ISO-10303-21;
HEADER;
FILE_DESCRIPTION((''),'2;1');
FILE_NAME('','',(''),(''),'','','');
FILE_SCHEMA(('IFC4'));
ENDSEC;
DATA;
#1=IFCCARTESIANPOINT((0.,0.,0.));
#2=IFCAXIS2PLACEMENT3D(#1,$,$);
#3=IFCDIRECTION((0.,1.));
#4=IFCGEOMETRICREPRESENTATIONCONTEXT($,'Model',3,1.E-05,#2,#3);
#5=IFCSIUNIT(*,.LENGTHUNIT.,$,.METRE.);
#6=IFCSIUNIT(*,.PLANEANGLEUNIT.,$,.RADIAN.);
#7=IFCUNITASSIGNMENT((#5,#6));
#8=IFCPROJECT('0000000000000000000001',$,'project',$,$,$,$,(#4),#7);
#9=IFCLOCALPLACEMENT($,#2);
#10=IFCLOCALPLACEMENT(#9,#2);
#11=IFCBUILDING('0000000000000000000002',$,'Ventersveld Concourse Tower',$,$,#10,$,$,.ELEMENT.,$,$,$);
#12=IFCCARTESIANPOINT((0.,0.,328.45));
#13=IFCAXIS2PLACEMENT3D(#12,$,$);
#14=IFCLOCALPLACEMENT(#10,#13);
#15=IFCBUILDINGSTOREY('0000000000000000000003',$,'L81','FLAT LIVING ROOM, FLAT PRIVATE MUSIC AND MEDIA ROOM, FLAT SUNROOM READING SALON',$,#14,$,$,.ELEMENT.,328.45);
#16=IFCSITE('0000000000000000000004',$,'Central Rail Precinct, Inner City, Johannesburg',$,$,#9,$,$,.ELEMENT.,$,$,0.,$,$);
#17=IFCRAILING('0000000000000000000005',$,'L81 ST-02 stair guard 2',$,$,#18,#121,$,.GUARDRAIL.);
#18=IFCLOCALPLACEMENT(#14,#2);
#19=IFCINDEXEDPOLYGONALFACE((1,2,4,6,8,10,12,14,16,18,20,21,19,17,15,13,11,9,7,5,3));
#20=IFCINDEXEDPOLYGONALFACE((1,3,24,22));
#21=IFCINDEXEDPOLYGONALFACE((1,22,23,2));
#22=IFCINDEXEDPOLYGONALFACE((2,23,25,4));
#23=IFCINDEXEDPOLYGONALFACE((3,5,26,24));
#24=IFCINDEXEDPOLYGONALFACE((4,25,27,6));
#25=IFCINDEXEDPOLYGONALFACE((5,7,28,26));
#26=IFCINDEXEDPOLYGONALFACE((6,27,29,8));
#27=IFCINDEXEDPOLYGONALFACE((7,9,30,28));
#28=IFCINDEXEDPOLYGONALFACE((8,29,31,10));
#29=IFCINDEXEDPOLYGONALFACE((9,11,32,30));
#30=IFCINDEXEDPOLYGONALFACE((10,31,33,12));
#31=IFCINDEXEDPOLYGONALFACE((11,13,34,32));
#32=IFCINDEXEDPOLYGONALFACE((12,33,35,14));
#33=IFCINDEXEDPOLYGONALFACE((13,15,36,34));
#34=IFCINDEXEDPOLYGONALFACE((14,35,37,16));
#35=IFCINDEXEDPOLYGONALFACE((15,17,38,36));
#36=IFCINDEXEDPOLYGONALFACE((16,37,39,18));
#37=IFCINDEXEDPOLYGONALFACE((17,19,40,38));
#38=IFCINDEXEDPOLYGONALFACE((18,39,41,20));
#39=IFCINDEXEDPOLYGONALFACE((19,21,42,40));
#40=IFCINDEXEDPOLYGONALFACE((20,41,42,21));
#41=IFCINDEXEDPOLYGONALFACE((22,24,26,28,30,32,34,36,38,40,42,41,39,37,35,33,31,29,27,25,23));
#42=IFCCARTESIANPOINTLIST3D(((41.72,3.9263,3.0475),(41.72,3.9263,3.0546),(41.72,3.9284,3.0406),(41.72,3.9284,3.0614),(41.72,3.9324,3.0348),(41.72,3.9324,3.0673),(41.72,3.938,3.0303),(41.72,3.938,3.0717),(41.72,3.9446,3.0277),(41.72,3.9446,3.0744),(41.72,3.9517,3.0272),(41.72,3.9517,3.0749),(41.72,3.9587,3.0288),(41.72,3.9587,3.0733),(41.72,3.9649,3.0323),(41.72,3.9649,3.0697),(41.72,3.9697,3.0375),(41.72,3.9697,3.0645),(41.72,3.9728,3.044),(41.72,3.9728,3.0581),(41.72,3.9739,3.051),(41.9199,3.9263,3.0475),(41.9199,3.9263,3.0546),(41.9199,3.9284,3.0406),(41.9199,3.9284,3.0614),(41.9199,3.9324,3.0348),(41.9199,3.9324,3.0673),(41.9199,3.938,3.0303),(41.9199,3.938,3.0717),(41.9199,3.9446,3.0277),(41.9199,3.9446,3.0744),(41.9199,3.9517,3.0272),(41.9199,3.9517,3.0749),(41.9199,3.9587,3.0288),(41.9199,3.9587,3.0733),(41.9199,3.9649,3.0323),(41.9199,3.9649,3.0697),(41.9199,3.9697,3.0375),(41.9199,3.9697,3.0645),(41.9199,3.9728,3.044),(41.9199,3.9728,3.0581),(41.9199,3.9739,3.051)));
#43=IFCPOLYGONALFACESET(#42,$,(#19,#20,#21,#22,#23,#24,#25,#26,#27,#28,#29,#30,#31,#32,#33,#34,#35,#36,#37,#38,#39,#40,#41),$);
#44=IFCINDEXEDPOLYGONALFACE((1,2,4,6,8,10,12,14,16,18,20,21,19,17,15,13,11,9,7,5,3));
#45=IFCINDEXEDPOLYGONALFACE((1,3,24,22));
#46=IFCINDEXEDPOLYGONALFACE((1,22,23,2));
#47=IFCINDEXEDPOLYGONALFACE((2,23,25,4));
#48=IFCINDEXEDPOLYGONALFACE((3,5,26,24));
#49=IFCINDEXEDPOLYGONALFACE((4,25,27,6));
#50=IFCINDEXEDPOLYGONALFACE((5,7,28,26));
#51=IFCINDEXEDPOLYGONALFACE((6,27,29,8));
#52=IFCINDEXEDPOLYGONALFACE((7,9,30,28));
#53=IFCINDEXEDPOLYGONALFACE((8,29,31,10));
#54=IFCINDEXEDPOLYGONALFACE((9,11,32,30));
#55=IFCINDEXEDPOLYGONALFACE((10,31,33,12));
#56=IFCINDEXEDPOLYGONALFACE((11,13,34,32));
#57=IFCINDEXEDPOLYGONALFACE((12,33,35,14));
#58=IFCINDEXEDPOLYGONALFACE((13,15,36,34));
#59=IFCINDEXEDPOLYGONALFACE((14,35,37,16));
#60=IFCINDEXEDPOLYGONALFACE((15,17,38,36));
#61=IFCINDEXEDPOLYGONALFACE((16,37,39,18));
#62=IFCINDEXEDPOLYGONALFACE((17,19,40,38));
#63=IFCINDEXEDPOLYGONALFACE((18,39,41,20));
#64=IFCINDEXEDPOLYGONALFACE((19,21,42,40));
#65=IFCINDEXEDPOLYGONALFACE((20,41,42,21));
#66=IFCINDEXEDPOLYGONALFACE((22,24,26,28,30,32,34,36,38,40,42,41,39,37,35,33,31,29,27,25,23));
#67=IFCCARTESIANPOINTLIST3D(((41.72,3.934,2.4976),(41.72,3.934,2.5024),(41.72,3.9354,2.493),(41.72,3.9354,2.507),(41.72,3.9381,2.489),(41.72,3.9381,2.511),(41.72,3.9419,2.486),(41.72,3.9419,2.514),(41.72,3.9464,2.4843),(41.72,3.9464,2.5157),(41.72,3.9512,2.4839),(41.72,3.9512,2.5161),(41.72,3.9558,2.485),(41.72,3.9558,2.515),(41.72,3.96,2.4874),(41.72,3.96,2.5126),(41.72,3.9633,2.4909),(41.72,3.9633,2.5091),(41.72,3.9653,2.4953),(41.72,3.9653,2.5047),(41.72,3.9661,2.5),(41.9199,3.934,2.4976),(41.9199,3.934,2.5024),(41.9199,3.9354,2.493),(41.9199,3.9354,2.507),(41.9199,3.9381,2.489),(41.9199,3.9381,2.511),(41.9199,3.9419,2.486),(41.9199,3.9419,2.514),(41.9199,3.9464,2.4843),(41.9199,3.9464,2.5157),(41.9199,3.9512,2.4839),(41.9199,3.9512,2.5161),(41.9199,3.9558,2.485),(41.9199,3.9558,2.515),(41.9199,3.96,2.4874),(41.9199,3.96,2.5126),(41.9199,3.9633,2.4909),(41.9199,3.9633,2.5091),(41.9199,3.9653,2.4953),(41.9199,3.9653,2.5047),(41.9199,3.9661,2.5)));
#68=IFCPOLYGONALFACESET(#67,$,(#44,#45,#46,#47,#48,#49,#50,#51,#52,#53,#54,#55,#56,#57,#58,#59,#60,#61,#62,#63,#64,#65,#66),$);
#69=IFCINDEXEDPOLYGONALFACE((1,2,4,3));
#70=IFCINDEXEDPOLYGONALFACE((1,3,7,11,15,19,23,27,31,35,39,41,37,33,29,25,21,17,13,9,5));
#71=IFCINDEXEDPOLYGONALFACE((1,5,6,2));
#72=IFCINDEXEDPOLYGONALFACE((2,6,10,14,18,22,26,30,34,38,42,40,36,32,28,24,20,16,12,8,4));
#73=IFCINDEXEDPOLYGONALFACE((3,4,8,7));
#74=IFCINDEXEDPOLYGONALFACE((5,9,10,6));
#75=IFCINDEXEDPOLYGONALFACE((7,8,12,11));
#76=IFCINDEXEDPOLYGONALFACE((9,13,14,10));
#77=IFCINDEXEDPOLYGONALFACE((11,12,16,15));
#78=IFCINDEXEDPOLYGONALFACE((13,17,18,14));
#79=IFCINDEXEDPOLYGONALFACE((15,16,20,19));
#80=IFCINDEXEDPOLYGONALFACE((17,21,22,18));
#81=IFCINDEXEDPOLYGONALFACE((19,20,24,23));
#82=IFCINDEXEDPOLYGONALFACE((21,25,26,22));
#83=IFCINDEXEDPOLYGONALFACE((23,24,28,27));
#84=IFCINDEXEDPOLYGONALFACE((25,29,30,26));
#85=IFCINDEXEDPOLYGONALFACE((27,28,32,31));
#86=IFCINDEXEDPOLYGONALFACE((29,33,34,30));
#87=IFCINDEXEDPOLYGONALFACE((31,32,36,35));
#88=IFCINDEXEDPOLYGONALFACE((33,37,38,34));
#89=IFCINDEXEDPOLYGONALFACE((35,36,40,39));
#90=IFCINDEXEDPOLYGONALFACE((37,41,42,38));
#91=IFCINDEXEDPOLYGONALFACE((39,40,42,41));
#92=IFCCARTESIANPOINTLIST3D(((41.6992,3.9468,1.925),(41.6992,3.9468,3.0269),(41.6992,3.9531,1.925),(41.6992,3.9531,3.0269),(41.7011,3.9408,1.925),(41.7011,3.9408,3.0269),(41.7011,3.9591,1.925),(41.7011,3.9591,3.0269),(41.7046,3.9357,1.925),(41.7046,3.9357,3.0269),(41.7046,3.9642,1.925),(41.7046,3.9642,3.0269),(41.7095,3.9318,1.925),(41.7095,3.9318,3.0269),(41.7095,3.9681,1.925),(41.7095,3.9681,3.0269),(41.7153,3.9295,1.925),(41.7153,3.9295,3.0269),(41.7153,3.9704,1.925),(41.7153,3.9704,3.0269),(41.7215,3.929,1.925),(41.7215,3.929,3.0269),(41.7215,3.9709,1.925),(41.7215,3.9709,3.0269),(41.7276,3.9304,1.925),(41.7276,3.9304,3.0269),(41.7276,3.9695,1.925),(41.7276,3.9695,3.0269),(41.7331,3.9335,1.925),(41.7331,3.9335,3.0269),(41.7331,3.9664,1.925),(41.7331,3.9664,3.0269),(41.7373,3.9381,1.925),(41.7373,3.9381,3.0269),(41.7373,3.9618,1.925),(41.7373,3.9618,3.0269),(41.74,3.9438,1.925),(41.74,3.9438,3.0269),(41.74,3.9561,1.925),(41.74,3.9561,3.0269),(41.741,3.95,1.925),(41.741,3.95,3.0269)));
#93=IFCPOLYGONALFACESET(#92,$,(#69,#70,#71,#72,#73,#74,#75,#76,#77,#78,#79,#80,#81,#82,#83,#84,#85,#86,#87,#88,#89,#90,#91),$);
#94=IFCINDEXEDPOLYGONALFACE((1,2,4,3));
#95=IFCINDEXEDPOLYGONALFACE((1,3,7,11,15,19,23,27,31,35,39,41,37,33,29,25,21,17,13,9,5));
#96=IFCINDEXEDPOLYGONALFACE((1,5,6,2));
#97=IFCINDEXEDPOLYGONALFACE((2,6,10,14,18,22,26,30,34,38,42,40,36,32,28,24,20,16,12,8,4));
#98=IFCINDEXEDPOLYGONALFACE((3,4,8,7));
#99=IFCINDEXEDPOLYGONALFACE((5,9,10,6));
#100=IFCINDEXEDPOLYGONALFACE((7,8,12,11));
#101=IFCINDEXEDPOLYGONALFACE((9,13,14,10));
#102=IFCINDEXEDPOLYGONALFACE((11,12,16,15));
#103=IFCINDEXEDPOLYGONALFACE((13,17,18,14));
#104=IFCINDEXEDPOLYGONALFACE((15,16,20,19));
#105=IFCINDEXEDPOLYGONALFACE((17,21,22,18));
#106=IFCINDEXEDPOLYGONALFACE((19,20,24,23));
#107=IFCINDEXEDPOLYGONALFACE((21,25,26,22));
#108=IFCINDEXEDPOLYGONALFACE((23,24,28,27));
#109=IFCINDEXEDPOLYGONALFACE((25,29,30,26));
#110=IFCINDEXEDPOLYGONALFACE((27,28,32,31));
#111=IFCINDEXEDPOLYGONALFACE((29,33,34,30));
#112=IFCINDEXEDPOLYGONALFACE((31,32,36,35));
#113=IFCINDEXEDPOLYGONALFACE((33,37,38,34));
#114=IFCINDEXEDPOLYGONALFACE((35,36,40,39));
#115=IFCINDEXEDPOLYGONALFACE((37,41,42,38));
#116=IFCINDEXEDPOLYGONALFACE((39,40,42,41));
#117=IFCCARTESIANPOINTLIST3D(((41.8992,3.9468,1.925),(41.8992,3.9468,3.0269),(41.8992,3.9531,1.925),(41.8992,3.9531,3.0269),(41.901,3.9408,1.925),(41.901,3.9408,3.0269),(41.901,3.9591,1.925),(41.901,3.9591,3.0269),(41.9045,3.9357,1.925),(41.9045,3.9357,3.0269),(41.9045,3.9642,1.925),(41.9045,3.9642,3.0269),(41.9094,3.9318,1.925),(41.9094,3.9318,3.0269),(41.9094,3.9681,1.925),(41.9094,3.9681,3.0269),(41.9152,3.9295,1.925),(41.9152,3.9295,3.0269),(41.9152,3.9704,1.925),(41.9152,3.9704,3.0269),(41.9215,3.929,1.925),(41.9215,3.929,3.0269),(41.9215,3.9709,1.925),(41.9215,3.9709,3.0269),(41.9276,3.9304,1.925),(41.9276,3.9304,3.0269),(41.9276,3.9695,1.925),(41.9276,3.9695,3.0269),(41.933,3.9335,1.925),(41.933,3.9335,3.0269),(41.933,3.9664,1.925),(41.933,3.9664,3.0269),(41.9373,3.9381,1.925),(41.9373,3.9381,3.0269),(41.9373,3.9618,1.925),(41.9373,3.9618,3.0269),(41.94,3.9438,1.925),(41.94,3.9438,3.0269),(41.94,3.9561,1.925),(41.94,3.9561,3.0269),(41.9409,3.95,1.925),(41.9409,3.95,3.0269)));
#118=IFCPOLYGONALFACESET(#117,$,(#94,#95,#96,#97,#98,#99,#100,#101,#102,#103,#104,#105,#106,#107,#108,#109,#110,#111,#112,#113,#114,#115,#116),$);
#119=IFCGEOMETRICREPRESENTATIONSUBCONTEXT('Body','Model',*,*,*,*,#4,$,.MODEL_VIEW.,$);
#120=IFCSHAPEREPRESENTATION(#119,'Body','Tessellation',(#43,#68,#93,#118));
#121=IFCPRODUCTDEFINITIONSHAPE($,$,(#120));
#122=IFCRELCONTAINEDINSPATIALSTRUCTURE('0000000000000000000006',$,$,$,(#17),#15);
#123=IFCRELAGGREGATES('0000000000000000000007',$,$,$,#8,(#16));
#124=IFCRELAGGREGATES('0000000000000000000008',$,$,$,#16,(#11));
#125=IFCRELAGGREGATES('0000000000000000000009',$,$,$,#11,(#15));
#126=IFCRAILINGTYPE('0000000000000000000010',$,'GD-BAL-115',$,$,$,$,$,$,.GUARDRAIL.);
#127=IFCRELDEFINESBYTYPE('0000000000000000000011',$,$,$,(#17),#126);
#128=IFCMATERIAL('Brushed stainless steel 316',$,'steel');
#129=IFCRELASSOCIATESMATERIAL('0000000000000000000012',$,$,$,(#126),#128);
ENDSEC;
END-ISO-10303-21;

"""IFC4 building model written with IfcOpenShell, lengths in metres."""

from ifc_helpers import new_model, si_unit, direction, frame, origin, origin_2d, place, context, subcontext, project, spatial, circle, extrude, material, type_object, element, save


model = new_model("IFC4")

# Units and contexts
model_context = context("Model", 3, precision=1e-05, world=origin(), true_north=direction((0.0, 1.0)))
body_context = subcontext(model_context, "Body", "Model", "MODEL_VIEW")
ifc_project = project(units=[si_unit("LENGTHUNIT", "METRE"), si_unit("PLANEANGLEUNIT", "RADIAN")], contexts=[model_context])

# Site, building, storey
site_placement = place(None, origin())
site = spatial("IfcSite", under=ifc_project, at=site_placement, Name="Central Rail Precinct, Inner City, Johannesburg", CompositionType="ELEMENT", RefElevation=0.0)
building_placement = place(site_placement, origin())
building = spatial("IfcBuilding", under=site, at=building_placement, Name="Ventersveld Concourse Tower", CompositionType="ELEMENT")
storey_placement = place(building_placement, frame((0.0, 0.0, 328.45)))
storey = spatial("IfcBuildingStorey", under=building, at=storey_placement, Name="L81", Description="FLAT LIVING ROOM, FLAT PRIVATE MUSIC AND MEDIA ROOM, FLAT SUNROOM READING SALON", CompositionType="ELEMENT", Elevation=328.45)

# Railing
ifc_material_1 = material(Name="Brushed stainless steel 316", Category="steel")
railing_type = type_object("IfcRailingType", Name="GD-BAL-115", PredefinedType="GUARDRAIL", material=ifc_material_1)
railing_1_placement = place(storey_placement, frame((41.72, 3.95, 1.925)))
element("IfcRailing", 1, at=railing_1_placement, inside=storey, type_object=railing_type, Name="L81 ST-02 stair guard 2", PredefinedType="GUARDRAIL", context=body_context, shape_type="SweptSolid", body=[
    extrude(circle(Radius=0.0239, at=origin_2d()), frame((0.0, 0.0, 1.126), z_axis=(1.0, 0.0, 0.0), x_axis=(0.0, 1.0, 0.0)), (0.0, 0.0, 1.0), 0.2),
    extrude(circle(Radius=0.0161, at=origin_2d()), frame((0.0, 0.0, 0.575), z_axis=(1.0, 0.0, 0.0), x_axis=(0.0, 1.0, 0.0)), (0.0, 0.0, 1.0), 0.2),
    extrude(circle(Radius=0.021, at=origin_2d()), origin(), (0.0, 0.0, 1.0), 1.1018),
    extrude(circle(Radius=0.021, at=origin_2d()), frame((0.2, 0.0, 0.0)), (0.0, 0.0, 1.0), 1.1018),
])

save(model, "model.ifc")
